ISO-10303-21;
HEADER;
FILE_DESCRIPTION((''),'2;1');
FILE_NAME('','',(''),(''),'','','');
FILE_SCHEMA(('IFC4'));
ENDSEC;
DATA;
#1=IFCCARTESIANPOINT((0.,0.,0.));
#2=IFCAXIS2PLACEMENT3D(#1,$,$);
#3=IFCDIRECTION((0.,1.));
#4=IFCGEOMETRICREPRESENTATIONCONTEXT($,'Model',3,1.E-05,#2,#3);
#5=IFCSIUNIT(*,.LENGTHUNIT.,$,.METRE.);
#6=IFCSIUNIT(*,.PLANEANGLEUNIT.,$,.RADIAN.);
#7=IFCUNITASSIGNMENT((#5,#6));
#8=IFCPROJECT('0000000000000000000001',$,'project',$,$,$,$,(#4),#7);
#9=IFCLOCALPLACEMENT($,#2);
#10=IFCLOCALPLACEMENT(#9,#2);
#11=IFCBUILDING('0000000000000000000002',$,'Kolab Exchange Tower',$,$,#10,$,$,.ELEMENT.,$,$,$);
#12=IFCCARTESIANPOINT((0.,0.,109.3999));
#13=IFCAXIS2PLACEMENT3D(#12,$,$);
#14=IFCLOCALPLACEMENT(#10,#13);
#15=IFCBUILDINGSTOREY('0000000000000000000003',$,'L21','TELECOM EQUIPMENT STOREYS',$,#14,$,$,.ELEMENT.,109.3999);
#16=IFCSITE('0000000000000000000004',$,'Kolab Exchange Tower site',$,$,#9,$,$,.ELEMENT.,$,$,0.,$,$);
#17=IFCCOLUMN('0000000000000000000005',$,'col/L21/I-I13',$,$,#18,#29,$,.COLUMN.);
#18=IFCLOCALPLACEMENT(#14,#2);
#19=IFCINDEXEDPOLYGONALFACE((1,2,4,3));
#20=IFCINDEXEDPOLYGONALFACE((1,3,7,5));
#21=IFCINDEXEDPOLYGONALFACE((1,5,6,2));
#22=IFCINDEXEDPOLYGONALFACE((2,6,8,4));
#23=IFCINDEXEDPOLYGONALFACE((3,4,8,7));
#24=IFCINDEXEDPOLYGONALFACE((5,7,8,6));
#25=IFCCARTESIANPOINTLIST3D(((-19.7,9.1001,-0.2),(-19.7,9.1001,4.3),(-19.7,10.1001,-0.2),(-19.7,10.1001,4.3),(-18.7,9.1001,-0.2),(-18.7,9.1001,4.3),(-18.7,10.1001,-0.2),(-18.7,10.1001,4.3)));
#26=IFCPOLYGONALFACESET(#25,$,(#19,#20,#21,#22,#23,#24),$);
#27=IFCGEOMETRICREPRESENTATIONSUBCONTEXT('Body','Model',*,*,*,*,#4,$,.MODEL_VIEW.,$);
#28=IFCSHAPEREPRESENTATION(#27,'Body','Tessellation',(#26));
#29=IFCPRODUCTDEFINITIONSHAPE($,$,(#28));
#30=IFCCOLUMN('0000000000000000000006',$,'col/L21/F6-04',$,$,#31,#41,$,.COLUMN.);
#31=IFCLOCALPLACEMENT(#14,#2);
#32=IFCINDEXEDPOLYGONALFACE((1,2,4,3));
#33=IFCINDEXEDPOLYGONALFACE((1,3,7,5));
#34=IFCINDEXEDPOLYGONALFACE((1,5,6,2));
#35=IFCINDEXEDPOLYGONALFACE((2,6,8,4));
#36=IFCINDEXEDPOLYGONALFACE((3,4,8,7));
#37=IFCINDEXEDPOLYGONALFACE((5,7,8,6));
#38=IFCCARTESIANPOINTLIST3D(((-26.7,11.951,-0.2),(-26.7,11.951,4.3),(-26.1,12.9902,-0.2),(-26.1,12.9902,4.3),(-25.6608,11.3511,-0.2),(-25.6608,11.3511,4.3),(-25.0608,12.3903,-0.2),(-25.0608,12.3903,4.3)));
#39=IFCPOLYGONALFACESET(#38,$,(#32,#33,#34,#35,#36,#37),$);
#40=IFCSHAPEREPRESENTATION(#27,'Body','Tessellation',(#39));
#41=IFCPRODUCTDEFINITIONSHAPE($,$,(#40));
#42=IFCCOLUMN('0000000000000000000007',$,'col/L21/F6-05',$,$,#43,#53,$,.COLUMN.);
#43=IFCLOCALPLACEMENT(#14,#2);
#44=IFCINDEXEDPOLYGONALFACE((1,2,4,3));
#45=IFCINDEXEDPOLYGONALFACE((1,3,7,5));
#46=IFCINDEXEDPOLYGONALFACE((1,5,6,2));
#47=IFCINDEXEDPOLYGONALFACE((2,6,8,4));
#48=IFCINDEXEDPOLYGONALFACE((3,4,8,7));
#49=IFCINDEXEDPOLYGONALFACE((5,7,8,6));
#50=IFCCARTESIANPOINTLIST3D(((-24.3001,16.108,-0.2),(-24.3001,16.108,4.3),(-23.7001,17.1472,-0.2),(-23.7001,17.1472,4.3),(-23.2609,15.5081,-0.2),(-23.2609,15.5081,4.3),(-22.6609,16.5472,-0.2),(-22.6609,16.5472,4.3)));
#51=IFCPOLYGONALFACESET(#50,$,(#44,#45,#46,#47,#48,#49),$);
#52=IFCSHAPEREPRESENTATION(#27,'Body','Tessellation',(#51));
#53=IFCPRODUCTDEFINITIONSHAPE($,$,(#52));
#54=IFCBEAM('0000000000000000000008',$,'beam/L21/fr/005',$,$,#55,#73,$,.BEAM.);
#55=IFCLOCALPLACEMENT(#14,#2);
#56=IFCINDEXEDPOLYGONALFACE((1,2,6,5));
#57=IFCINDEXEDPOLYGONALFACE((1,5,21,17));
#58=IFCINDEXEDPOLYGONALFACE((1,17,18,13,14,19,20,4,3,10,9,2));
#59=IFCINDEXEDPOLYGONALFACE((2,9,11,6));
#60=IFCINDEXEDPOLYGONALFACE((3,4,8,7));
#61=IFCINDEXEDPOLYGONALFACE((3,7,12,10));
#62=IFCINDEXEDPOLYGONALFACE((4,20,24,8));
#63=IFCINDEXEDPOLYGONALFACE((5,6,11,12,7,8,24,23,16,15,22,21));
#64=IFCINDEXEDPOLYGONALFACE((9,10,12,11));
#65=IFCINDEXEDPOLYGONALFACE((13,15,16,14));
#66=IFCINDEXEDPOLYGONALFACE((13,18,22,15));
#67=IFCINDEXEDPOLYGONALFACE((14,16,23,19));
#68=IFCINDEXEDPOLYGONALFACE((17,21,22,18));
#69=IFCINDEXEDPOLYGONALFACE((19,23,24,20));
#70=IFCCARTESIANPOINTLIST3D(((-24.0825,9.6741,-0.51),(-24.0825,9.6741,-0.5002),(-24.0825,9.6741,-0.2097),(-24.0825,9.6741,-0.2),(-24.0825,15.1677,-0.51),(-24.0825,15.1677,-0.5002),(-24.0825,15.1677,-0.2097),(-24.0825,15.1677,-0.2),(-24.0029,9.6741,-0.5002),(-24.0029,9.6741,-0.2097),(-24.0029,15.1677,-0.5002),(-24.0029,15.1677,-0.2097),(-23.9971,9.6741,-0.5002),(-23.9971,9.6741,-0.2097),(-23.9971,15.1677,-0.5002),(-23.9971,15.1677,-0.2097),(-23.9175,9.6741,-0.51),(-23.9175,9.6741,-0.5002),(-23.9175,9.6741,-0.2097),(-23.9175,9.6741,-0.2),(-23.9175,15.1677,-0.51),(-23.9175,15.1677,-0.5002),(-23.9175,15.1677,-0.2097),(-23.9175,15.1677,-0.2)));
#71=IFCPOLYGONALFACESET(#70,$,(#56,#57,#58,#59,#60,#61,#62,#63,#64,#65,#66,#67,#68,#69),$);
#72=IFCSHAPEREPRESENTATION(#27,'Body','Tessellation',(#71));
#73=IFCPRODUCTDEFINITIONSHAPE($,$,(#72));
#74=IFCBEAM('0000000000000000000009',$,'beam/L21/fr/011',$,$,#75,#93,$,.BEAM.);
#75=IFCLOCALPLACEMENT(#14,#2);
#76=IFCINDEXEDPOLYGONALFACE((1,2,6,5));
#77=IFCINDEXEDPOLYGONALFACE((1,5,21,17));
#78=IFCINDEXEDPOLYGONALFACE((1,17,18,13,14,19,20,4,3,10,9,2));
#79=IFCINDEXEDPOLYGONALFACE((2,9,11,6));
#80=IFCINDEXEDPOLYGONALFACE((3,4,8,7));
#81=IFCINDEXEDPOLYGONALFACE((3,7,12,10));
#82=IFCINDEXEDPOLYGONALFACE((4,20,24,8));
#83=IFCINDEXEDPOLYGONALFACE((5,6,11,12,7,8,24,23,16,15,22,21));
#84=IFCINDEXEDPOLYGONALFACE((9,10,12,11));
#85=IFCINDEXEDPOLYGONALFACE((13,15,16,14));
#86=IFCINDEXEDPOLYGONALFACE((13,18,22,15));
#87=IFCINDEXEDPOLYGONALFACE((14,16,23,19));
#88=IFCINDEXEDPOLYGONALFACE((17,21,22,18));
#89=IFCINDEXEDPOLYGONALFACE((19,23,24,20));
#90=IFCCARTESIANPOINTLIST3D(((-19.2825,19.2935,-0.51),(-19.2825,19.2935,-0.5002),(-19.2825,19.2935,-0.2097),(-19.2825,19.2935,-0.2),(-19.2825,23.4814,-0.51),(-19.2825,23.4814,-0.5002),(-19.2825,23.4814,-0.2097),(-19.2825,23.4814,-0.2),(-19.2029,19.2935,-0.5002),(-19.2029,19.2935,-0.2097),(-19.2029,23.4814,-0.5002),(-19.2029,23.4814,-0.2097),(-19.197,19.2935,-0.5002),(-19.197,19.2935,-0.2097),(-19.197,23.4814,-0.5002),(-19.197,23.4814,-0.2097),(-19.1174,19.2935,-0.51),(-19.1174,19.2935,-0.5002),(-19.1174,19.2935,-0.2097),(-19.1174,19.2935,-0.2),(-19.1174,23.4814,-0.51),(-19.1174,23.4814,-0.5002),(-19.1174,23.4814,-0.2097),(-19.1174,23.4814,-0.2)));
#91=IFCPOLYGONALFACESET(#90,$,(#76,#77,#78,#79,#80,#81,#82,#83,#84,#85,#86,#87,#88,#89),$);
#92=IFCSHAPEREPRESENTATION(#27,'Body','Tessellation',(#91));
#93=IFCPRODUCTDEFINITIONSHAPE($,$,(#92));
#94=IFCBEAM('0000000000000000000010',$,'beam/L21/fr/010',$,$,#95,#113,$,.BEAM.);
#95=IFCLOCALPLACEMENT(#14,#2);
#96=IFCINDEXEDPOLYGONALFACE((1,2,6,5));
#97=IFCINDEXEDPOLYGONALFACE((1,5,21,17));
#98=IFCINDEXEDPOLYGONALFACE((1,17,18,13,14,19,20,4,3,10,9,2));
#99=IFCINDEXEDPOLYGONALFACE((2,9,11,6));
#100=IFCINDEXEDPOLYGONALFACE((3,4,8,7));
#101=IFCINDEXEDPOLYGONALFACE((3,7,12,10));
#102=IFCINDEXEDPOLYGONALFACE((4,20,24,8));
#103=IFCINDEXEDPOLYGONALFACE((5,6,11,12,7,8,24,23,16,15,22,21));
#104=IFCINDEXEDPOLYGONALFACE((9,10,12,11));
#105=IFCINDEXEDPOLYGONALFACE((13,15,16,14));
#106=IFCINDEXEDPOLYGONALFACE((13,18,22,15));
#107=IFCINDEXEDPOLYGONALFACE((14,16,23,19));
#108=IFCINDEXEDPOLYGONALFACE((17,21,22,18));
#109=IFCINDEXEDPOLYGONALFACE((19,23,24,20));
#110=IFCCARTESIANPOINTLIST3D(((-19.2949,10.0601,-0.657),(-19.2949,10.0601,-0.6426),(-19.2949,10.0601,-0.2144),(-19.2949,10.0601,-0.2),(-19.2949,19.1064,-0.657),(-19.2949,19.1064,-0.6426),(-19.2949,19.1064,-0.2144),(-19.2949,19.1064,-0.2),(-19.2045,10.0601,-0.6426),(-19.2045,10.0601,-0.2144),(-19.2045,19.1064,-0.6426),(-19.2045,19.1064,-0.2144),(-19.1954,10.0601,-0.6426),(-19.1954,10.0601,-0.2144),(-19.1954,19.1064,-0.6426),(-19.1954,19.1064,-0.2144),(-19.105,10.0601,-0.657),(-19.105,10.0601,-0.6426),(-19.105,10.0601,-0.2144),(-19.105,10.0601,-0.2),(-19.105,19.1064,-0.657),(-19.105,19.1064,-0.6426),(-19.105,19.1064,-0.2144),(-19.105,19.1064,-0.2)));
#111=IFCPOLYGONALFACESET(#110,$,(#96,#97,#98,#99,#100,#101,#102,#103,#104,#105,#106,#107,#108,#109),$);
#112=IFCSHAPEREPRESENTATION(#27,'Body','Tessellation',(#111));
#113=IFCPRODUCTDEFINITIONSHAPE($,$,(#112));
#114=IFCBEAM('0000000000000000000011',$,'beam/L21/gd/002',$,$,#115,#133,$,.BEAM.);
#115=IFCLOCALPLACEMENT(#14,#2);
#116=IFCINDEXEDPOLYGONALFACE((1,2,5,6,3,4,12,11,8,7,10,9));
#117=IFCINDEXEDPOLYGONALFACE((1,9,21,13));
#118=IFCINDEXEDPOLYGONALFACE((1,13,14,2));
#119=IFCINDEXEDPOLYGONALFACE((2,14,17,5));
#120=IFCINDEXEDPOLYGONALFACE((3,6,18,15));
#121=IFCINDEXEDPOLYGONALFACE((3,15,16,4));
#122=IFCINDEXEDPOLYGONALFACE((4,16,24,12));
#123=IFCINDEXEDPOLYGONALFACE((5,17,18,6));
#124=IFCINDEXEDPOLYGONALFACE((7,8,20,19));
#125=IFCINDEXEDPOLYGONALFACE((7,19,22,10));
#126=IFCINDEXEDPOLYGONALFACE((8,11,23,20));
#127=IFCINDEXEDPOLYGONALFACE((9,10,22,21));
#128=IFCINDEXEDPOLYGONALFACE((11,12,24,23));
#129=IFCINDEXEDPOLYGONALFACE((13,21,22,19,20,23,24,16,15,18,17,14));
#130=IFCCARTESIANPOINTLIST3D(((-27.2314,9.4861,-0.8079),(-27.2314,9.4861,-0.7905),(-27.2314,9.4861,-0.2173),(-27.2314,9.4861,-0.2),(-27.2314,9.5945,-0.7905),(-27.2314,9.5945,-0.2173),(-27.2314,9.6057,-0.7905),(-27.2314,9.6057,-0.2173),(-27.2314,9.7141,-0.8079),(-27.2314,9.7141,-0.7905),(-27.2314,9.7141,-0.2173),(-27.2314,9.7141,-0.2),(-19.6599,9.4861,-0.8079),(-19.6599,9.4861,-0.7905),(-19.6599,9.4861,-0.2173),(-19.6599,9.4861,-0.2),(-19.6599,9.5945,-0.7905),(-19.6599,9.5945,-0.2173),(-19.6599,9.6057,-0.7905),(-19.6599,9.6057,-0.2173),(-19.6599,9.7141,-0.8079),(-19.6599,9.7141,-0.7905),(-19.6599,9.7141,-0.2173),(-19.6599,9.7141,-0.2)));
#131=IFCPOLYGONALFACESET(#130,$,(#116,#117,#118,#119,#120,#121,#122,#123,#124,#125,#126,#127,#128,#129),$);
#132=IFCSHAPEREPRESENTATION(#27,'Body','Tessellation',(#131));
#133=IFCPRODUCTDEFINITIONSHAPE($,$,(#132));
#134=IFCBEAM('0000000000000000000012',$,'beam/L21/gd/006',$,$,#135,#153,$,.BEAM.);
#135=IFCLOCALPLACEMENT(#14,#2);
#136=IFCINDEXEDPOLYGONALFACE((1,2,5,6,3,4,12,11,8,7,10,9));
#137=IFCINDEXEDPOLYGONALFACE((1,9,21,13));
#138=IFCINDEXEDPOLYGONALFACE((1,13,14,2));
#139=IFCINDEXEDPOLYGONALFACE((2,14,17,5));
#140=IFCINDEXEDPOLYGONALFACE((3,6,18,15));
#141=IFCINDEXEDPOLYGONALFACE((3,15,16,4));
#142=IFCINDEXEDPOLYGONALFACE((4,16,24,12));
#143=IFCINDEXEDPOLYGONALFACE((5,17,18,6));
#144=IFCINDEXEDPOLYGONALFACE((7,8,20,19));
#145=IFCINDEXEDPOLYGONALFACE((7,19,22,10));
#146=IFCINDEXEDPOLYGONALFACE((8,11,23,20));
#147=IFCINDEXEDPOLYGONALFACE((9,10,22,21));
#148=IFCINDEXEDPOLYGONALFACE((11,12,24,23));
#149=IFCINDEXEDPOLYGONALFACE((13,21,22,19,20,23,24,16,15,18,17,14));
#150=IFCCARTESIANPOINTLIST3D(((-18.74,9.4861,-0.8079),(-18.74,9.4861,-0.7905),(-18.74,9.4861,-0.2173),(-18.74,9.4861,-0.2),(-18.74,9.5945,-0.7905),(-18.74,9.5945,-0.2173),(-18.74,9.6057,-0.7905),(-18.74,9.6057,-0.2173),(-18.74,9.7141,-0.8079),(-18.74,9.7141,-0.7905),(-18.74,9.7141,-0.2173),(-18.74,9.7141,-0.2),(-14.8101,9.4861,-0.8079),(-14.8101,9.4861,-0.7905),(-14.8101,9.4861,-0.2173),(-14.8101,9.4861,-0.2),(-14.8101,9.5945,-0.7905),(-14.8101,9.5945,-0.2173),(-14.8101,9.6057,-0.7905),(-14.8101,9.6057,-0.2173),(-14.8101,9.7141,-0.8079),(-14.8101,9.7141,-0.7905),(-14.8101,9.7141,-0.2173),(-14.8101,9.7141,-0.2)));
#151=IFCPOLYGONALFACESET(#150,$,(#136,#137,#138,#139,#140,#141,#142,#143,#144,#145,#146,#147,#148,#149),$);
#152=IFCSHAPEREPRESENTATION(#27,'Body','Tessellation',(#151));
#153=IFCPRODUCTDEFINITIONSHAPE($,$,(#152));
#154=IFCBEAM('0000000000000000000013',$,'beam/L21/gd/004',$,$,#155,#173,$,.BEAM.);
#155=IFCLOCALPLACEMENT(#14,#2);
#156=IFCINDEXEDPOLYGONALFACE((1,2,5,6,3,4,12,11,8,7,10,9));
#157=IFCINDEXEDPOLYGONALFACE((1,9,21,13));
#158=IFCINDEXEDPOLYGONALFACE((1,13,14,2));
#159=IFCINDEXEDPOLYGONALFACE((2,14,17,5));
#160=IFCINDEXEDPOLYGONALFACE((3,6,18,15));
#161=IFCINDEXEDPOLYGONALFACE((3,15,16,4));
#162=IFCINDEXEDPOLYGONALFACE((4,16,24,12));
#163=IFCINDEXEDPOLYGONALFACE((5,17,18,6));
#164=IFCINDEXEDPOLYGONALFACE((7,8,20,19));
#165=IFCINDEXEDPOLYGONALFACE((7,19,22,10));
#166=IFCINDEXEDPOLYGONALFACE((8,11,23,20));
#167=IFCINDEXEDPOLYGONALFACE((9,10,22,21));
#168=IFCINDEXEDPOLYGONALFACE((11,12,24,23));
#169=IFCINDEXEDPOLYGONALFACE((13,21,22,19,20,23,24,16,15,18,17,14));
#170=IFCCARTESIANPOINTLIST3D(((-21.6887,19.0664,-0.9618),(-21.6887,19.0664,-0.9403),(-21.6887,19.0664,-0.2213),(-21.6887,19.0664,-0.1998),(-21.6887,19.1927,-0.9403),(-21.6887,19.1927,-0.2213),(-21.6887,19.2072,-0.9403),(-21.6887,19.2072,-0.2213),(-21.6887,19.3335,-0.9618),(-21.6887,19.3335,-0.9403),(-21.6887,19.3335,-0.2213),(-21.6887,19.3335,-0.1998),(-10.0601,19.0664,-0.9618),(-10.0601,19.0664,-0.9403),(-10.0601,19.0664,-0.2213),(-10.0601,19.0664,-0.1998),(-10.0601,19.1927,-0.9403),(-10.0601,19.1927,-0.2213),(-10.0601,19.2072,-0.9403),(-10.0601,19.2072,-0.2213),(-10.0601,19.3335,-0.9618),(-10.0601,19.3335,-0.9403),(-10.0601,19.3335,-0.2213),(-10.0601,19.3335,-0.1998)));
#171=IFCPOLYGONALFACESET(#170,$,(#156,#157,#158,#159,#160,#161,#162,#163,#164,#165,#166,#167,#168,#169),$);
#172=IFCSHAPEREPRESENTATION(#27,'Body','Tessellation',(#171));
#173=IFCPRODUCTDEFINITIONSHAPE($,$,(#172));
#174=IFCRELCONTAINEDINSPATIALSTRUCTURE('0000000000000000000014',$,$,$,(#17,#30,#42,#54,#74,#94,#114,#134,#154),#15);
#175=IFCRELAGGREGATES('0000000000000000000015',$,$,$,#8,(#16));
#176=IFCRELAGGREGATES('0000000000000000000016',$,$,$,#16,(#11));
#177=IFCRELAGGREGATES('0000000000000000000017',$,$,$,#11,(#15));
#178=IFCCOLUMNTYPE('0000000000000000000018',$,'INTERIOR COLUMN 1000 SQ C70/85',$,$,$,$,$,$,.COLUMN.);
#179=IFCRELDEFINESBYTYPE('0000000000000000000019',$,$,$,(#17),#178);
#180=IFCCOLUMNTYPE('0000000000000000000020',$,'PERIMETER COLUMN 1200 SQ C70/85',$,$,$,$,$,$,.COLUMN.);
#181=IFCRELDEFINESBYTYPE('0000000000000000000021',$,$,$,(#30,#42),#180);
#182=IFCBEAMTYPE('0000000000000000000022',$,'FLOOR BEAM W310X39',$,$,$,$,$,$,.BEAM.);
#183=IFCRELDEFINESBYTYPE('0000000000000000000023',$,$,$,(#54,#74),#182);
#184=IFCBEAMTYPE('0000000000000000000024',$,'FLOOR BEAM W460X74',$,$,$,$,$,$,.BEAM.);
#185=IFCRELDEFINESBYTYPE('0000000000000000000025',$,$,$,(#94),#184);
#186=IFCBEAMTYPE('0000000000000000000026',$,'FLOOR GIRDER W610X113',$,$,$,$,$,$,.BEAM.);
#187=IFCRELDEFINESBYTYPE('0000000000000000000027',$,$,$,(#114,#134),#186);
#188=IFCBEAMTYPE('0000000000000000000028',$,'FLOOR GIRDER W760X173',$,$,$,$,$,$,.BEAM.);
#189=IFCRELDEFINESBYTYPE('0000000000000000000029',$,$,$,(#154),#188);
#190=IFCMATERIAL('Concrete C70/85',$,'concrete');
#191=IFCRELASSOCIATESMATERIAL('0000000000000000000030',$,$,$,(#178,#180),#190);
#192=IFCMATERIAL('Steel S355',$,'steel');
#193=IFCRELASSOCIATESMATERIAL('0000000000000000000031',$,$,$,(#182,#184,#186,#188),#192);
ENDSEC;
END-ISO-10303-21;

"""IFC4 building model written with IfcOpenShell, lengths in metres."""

from ifc_helpers import new_model, si_unit, direction, frame, origin, origin_2d, place, context, subcontext, project, spatial, rectangle, i_section, extrude, material, material_profile, profile_set, type_object, element, save


model = new_model("IFC4")

# Units and contexts
model_context = context("Model", 3, precision=1e-05, world=origin(), true_north=direction((0.0, 1.0)))
body_context = subcontext(model_context, "Body", "Model", "MODEL_VIEW")
ifc_project = project(units=[si_unit("LENGTHUNIT", "METRE"), si_unit("PLANEANGLEUNIT", "RADIAN")], contexts=[model_context])

# Site, building, storey
site_placement = place(None, origin())
site = spatial("IfcSite", under=ifc_project, at=site_placement, Name="Kolab Exchange Tower site", CompositionType="ELEMENT", RefElevation=0.0)
building_placement = place(site_placement, origin())
building = spatial("IfcBuilding", under=site, at=building_placement, Name="Kolab Exchange Tower", CompositionType="ELEMENT")
storey_placement = place(building_placement, frame((0.0, 0.0, 109.3999)))
storey = spatial("IfcBuildingStorey", under=building, at=storey_placement, Name="L21", Description="TELECOM EQUIPMENT STOREYS", CompositionType="ELEMENT", Elevation=109.3999)

# Columns
ifc_material_1 = material(Name="Concrete C70/85", Category="concrete")
ifc_material_profile_1 = material_profile(ifc_material_1, rectangle(XDim=1.0, YDim=1.0, at=origin_2d()), Name="RC1000")
ifc_profile_set_1 = profile_set([ifc_material_profile_1], Name="Concrete C70/85")
column_type_1 = type_object("IfcColumnType", Name="INTERIOR COLUMN 1000 SQ C70/85", PredefinedType="COLUMN", material=ifc_profile_set_1)
column_placement = place(storey_placement, frame((-19.2, 9.6001, -0.2), z_axis=(0.0, 0.0, 1.0), x_axis=(1.0, 0.0, 0.0)))
element("IfcColumn", 1, at=column_placement, inside=storey, type_object=column_type_1, Name="col/L21/I-I13", PredefinedType="COLUMN", context=body_context, shape_type="SweptSolid", body=[
    extrude(rectangle(XDim=1.0, YDim=1.0, at=origin_2d()), origin(), (0.0, 0.0, 1.0), 4.5),
])
ifc_material_profile_2 = material_profile(ifc_material_1, rectangle(XDim=1.2, YDim=1.2, at=origin_2d()), Name="RC1200")
ifc_profile_set_2 = profile_set([ifc_material_profile_2], Name="Concrete C70/85")
column_type_2 = type_object("IfcColumnType", Name="PERIMETER COLUMN 1200 SQ C70/85", PredefinedType="COLUMN", material=ifc_profile_set_2)
for number, where, z_axis, x_axis, name in (
    (2, (-25.8804, 12.1707, -0.2), (0.0, 0.0, 1.0), (0.5, 0.866025, 0.0), "col/L21/F6-04"),
    (3, (-23.4805, 16.3276, -0.2), (0.0, 0.0, 1.0), (0.5, 0.866025, 0.0), "col/L21/F6-05"),
):
    element("IfcColumn", number, at=place(storey_placement, frame(where, z_axis=z_axis, x_axis=x_axis)), inside=storey, type_object=column_type_2, Name=name, PredefinedType="COLUMN", context=body_context, shape_type="SweptSolid", body=[
        extrude(rectangle(XDim=1.2, YDim=1.2, at=origin_2d()), origin(), (0.0, 0.0, 1.0), 4.5),
    ])

# Beams
ifc_material_2 = material(Name="Steel S355", Category="steel")
ifc_material_profile_3 = material_profile(ifc_material_2, i_section(OverallWidth=0.165, OverallDepth=0.3101, WebThickness=0.0059, FlangeThickness=0.0098, at=origin_2d()), Name="W310X39")
ifc_profile_set_3 = profile_set([ifc_material_profile_3], Name="Steel S355")
beam_type_1 = type_object("IfcBeamType", Name="FLOOR BEAM W310X39", PredefinedType="BEAM", material=ifc_profile_set_3)
beam_1_placement = place(storey_placement, frame((-24.0, 9.6741, -0.355), z_axis=(0.0, 1.0, 0.0), x_axis=(-1.0, 0.0, 0.0)))
element("IfcBeam", 4, at=beam_1_placement, inside=storey, type_object=beam_type_1, Name="beam/L21/fr/005", PredefinedType="BEAM", context=body_context, shape_type="SweptSolid", body=[
    extrude(i_section(OverallWidth=0.165, OverallDepth=0.3101, WebThickness=0.0059, FlangeThickness=0.0098, at=origin_2d()), origin(), (0.0, 0.0, 1.0), 5.4937),
])
beam_2_placement = place(storey_placement, frame((-19.2, 19.2935, -0.355), z_axis=(0.0, 1.0, 0.0), x_axis=(-1.0, 0.0, 0.0)))
element("IfcBeam", 5, at=beam_2_placement, inside=storey, type_object=beam_type_1, Name="beam/L21/fr/011", PredefinedType="BEAM", context=body_context, shape_type="SweptSolid", body=[
    extrude(i_section(OverallWidth=0.165, OverallDepth=0.3101, WebThickness=0.0059, FlangeThickness=0.0098, at=origin_2d()), origin(), (0.0, 0.0, 1.0), 4.188),
])
ifc_material_profile_4 = material_profile(ifc_material_2, i_section(OverallWidth=0.1899, OverallDepth=0.457, WebThickness=0.009, FlangeThickness=0.0144, at=origin_2d()), Name="W460X74")
ifc_profile_set_4 = profile_set([ifc_material_profile_4], Name="Steel S355")
beam_type_2 = type_object("IfcBeamType", Name="FLOOR BEAM W460X74", PredefinedType="BEAM", material=ifc_profile_set_4)
beam_3_placement = place(storey_placement, frame((-19.2, 10.0601, -0.4285), z_axis=(0.0, 1.0, 0.0), x_axis=(-1.0, 0.0, 0.0)))
element("IfcBeam", 6, at=beam_3_placement, inside=storey, type_object=beam_type_2, Name="beam/L21/fr/010", PredefinedType="BEAM", context=body_context, shape_type="SweptSolid", body=[
    extrude(i_section(OverallWidth=0.1899, OverallDepth=0.457, WebThickness=0.009, FlangeThickness=0.0144, at=origin_2d()), origin(), (0.0, 0.0, 1.0), 9.0464),
])
ifc_material_profile_5 = material_profile(ifc_material_2, i_section(OverallWidth=0.228, OverallDepth=0.6079, WebThickness=0.0112, FlangeThickness=0.0173, at=origin_2d()), Name="W610X113")
ifc_profile_set_5 = profile_set([ifc_material_profile_5], Name="Steel S355")
beam_type_3 = type_object("IfcBeamType", Name="FLOOR GIRDER W610X113", PredefinedType="BEAM", material=ifc_profile_set_5)
beam_4_placement = place(storey_placement, frame((-27.2314, 9.6001, -0.5039), z_axis=(1.0, 0.0, 0.0), x_axis=(0.0, 1.0, 0.0)))
element("IfcBeam", 7, at=beam_4_placement, inside=storey, type_object=beam_type_3, Name="beam/L21/gd/002", PredefinedType="BEAM", context=body_context, shape_type="SweptSolid", body=[
    extrude(i_section(OverallWidth=0.228, OverallDepth=0.6079, WebThickness=0.0112, FlangeThickness=0.0173, at=origin_2d()), origin(), (0.0, 0.0, 1.0), 7.5715),
])
beam_5_placement = place(storey_placement, frame((-18.74, 9.6001, -0.5039), z_axis=(1.0, 0.0, 0.0), x_axis=(0.0, 1.0, 0.0)))
element("IfcBeam", 8, at=beam_5_placement, inside=storey, type_object=beam_type_3, Name="beam/L21/gd/006", PredefinedType="BEAM", context=body_context, shape_type="SweptSolid", body=[
    extrude(i_section(OverallWidth=0.228, OverallDepth=0.6079, WebThickness=0.0112, FlangeThickness=0.0173, at=origin_2d()), origin(), (0.0, 0.0, 1.0), 3.9299),
])
ifc_material_profile_6 = material_profile(ifc_material_2, i_section(OverallWidth=0.2671, OverallDepth=0.762, WebThickness=0.0144, FlangeThickness=0.0215, at=origin_2d()), Name="W760X173")
ifc_profile_set_6 = profile_set([ifc_material_profile_6], Name="Steel S355")
beam_type_4 = type_object("IfcBeamType", Name="FLOOR GIRDER W760X173", PredefinedType="BEAM", material=ifc_profile_set_6)
beam_6_placement = place(storey_placement, frame((-21.6887, 19.2, -0.5808), z_axis=(1.0, 0.0, 0.0), x_axis=(0.0, 1.0, 0.0)))
element("IfcBeam", 9, at=beam_6_placement, inside=storey, type_object=beam_type_4, Name="beam/L21/gd/004", PredefinedType="BEAM", context=body_context, shape_type="SweptSolid", body=[
    extrude(i_section(OverallWidth=0.2671, OverallDepth=0.762, WebThickness=0.0144, FlangeThickness=0.0215, at=origin_2d()), origin(), (0.0, 0.0, 1.0), 11.6287),
])

save(model, "model.ifc")
